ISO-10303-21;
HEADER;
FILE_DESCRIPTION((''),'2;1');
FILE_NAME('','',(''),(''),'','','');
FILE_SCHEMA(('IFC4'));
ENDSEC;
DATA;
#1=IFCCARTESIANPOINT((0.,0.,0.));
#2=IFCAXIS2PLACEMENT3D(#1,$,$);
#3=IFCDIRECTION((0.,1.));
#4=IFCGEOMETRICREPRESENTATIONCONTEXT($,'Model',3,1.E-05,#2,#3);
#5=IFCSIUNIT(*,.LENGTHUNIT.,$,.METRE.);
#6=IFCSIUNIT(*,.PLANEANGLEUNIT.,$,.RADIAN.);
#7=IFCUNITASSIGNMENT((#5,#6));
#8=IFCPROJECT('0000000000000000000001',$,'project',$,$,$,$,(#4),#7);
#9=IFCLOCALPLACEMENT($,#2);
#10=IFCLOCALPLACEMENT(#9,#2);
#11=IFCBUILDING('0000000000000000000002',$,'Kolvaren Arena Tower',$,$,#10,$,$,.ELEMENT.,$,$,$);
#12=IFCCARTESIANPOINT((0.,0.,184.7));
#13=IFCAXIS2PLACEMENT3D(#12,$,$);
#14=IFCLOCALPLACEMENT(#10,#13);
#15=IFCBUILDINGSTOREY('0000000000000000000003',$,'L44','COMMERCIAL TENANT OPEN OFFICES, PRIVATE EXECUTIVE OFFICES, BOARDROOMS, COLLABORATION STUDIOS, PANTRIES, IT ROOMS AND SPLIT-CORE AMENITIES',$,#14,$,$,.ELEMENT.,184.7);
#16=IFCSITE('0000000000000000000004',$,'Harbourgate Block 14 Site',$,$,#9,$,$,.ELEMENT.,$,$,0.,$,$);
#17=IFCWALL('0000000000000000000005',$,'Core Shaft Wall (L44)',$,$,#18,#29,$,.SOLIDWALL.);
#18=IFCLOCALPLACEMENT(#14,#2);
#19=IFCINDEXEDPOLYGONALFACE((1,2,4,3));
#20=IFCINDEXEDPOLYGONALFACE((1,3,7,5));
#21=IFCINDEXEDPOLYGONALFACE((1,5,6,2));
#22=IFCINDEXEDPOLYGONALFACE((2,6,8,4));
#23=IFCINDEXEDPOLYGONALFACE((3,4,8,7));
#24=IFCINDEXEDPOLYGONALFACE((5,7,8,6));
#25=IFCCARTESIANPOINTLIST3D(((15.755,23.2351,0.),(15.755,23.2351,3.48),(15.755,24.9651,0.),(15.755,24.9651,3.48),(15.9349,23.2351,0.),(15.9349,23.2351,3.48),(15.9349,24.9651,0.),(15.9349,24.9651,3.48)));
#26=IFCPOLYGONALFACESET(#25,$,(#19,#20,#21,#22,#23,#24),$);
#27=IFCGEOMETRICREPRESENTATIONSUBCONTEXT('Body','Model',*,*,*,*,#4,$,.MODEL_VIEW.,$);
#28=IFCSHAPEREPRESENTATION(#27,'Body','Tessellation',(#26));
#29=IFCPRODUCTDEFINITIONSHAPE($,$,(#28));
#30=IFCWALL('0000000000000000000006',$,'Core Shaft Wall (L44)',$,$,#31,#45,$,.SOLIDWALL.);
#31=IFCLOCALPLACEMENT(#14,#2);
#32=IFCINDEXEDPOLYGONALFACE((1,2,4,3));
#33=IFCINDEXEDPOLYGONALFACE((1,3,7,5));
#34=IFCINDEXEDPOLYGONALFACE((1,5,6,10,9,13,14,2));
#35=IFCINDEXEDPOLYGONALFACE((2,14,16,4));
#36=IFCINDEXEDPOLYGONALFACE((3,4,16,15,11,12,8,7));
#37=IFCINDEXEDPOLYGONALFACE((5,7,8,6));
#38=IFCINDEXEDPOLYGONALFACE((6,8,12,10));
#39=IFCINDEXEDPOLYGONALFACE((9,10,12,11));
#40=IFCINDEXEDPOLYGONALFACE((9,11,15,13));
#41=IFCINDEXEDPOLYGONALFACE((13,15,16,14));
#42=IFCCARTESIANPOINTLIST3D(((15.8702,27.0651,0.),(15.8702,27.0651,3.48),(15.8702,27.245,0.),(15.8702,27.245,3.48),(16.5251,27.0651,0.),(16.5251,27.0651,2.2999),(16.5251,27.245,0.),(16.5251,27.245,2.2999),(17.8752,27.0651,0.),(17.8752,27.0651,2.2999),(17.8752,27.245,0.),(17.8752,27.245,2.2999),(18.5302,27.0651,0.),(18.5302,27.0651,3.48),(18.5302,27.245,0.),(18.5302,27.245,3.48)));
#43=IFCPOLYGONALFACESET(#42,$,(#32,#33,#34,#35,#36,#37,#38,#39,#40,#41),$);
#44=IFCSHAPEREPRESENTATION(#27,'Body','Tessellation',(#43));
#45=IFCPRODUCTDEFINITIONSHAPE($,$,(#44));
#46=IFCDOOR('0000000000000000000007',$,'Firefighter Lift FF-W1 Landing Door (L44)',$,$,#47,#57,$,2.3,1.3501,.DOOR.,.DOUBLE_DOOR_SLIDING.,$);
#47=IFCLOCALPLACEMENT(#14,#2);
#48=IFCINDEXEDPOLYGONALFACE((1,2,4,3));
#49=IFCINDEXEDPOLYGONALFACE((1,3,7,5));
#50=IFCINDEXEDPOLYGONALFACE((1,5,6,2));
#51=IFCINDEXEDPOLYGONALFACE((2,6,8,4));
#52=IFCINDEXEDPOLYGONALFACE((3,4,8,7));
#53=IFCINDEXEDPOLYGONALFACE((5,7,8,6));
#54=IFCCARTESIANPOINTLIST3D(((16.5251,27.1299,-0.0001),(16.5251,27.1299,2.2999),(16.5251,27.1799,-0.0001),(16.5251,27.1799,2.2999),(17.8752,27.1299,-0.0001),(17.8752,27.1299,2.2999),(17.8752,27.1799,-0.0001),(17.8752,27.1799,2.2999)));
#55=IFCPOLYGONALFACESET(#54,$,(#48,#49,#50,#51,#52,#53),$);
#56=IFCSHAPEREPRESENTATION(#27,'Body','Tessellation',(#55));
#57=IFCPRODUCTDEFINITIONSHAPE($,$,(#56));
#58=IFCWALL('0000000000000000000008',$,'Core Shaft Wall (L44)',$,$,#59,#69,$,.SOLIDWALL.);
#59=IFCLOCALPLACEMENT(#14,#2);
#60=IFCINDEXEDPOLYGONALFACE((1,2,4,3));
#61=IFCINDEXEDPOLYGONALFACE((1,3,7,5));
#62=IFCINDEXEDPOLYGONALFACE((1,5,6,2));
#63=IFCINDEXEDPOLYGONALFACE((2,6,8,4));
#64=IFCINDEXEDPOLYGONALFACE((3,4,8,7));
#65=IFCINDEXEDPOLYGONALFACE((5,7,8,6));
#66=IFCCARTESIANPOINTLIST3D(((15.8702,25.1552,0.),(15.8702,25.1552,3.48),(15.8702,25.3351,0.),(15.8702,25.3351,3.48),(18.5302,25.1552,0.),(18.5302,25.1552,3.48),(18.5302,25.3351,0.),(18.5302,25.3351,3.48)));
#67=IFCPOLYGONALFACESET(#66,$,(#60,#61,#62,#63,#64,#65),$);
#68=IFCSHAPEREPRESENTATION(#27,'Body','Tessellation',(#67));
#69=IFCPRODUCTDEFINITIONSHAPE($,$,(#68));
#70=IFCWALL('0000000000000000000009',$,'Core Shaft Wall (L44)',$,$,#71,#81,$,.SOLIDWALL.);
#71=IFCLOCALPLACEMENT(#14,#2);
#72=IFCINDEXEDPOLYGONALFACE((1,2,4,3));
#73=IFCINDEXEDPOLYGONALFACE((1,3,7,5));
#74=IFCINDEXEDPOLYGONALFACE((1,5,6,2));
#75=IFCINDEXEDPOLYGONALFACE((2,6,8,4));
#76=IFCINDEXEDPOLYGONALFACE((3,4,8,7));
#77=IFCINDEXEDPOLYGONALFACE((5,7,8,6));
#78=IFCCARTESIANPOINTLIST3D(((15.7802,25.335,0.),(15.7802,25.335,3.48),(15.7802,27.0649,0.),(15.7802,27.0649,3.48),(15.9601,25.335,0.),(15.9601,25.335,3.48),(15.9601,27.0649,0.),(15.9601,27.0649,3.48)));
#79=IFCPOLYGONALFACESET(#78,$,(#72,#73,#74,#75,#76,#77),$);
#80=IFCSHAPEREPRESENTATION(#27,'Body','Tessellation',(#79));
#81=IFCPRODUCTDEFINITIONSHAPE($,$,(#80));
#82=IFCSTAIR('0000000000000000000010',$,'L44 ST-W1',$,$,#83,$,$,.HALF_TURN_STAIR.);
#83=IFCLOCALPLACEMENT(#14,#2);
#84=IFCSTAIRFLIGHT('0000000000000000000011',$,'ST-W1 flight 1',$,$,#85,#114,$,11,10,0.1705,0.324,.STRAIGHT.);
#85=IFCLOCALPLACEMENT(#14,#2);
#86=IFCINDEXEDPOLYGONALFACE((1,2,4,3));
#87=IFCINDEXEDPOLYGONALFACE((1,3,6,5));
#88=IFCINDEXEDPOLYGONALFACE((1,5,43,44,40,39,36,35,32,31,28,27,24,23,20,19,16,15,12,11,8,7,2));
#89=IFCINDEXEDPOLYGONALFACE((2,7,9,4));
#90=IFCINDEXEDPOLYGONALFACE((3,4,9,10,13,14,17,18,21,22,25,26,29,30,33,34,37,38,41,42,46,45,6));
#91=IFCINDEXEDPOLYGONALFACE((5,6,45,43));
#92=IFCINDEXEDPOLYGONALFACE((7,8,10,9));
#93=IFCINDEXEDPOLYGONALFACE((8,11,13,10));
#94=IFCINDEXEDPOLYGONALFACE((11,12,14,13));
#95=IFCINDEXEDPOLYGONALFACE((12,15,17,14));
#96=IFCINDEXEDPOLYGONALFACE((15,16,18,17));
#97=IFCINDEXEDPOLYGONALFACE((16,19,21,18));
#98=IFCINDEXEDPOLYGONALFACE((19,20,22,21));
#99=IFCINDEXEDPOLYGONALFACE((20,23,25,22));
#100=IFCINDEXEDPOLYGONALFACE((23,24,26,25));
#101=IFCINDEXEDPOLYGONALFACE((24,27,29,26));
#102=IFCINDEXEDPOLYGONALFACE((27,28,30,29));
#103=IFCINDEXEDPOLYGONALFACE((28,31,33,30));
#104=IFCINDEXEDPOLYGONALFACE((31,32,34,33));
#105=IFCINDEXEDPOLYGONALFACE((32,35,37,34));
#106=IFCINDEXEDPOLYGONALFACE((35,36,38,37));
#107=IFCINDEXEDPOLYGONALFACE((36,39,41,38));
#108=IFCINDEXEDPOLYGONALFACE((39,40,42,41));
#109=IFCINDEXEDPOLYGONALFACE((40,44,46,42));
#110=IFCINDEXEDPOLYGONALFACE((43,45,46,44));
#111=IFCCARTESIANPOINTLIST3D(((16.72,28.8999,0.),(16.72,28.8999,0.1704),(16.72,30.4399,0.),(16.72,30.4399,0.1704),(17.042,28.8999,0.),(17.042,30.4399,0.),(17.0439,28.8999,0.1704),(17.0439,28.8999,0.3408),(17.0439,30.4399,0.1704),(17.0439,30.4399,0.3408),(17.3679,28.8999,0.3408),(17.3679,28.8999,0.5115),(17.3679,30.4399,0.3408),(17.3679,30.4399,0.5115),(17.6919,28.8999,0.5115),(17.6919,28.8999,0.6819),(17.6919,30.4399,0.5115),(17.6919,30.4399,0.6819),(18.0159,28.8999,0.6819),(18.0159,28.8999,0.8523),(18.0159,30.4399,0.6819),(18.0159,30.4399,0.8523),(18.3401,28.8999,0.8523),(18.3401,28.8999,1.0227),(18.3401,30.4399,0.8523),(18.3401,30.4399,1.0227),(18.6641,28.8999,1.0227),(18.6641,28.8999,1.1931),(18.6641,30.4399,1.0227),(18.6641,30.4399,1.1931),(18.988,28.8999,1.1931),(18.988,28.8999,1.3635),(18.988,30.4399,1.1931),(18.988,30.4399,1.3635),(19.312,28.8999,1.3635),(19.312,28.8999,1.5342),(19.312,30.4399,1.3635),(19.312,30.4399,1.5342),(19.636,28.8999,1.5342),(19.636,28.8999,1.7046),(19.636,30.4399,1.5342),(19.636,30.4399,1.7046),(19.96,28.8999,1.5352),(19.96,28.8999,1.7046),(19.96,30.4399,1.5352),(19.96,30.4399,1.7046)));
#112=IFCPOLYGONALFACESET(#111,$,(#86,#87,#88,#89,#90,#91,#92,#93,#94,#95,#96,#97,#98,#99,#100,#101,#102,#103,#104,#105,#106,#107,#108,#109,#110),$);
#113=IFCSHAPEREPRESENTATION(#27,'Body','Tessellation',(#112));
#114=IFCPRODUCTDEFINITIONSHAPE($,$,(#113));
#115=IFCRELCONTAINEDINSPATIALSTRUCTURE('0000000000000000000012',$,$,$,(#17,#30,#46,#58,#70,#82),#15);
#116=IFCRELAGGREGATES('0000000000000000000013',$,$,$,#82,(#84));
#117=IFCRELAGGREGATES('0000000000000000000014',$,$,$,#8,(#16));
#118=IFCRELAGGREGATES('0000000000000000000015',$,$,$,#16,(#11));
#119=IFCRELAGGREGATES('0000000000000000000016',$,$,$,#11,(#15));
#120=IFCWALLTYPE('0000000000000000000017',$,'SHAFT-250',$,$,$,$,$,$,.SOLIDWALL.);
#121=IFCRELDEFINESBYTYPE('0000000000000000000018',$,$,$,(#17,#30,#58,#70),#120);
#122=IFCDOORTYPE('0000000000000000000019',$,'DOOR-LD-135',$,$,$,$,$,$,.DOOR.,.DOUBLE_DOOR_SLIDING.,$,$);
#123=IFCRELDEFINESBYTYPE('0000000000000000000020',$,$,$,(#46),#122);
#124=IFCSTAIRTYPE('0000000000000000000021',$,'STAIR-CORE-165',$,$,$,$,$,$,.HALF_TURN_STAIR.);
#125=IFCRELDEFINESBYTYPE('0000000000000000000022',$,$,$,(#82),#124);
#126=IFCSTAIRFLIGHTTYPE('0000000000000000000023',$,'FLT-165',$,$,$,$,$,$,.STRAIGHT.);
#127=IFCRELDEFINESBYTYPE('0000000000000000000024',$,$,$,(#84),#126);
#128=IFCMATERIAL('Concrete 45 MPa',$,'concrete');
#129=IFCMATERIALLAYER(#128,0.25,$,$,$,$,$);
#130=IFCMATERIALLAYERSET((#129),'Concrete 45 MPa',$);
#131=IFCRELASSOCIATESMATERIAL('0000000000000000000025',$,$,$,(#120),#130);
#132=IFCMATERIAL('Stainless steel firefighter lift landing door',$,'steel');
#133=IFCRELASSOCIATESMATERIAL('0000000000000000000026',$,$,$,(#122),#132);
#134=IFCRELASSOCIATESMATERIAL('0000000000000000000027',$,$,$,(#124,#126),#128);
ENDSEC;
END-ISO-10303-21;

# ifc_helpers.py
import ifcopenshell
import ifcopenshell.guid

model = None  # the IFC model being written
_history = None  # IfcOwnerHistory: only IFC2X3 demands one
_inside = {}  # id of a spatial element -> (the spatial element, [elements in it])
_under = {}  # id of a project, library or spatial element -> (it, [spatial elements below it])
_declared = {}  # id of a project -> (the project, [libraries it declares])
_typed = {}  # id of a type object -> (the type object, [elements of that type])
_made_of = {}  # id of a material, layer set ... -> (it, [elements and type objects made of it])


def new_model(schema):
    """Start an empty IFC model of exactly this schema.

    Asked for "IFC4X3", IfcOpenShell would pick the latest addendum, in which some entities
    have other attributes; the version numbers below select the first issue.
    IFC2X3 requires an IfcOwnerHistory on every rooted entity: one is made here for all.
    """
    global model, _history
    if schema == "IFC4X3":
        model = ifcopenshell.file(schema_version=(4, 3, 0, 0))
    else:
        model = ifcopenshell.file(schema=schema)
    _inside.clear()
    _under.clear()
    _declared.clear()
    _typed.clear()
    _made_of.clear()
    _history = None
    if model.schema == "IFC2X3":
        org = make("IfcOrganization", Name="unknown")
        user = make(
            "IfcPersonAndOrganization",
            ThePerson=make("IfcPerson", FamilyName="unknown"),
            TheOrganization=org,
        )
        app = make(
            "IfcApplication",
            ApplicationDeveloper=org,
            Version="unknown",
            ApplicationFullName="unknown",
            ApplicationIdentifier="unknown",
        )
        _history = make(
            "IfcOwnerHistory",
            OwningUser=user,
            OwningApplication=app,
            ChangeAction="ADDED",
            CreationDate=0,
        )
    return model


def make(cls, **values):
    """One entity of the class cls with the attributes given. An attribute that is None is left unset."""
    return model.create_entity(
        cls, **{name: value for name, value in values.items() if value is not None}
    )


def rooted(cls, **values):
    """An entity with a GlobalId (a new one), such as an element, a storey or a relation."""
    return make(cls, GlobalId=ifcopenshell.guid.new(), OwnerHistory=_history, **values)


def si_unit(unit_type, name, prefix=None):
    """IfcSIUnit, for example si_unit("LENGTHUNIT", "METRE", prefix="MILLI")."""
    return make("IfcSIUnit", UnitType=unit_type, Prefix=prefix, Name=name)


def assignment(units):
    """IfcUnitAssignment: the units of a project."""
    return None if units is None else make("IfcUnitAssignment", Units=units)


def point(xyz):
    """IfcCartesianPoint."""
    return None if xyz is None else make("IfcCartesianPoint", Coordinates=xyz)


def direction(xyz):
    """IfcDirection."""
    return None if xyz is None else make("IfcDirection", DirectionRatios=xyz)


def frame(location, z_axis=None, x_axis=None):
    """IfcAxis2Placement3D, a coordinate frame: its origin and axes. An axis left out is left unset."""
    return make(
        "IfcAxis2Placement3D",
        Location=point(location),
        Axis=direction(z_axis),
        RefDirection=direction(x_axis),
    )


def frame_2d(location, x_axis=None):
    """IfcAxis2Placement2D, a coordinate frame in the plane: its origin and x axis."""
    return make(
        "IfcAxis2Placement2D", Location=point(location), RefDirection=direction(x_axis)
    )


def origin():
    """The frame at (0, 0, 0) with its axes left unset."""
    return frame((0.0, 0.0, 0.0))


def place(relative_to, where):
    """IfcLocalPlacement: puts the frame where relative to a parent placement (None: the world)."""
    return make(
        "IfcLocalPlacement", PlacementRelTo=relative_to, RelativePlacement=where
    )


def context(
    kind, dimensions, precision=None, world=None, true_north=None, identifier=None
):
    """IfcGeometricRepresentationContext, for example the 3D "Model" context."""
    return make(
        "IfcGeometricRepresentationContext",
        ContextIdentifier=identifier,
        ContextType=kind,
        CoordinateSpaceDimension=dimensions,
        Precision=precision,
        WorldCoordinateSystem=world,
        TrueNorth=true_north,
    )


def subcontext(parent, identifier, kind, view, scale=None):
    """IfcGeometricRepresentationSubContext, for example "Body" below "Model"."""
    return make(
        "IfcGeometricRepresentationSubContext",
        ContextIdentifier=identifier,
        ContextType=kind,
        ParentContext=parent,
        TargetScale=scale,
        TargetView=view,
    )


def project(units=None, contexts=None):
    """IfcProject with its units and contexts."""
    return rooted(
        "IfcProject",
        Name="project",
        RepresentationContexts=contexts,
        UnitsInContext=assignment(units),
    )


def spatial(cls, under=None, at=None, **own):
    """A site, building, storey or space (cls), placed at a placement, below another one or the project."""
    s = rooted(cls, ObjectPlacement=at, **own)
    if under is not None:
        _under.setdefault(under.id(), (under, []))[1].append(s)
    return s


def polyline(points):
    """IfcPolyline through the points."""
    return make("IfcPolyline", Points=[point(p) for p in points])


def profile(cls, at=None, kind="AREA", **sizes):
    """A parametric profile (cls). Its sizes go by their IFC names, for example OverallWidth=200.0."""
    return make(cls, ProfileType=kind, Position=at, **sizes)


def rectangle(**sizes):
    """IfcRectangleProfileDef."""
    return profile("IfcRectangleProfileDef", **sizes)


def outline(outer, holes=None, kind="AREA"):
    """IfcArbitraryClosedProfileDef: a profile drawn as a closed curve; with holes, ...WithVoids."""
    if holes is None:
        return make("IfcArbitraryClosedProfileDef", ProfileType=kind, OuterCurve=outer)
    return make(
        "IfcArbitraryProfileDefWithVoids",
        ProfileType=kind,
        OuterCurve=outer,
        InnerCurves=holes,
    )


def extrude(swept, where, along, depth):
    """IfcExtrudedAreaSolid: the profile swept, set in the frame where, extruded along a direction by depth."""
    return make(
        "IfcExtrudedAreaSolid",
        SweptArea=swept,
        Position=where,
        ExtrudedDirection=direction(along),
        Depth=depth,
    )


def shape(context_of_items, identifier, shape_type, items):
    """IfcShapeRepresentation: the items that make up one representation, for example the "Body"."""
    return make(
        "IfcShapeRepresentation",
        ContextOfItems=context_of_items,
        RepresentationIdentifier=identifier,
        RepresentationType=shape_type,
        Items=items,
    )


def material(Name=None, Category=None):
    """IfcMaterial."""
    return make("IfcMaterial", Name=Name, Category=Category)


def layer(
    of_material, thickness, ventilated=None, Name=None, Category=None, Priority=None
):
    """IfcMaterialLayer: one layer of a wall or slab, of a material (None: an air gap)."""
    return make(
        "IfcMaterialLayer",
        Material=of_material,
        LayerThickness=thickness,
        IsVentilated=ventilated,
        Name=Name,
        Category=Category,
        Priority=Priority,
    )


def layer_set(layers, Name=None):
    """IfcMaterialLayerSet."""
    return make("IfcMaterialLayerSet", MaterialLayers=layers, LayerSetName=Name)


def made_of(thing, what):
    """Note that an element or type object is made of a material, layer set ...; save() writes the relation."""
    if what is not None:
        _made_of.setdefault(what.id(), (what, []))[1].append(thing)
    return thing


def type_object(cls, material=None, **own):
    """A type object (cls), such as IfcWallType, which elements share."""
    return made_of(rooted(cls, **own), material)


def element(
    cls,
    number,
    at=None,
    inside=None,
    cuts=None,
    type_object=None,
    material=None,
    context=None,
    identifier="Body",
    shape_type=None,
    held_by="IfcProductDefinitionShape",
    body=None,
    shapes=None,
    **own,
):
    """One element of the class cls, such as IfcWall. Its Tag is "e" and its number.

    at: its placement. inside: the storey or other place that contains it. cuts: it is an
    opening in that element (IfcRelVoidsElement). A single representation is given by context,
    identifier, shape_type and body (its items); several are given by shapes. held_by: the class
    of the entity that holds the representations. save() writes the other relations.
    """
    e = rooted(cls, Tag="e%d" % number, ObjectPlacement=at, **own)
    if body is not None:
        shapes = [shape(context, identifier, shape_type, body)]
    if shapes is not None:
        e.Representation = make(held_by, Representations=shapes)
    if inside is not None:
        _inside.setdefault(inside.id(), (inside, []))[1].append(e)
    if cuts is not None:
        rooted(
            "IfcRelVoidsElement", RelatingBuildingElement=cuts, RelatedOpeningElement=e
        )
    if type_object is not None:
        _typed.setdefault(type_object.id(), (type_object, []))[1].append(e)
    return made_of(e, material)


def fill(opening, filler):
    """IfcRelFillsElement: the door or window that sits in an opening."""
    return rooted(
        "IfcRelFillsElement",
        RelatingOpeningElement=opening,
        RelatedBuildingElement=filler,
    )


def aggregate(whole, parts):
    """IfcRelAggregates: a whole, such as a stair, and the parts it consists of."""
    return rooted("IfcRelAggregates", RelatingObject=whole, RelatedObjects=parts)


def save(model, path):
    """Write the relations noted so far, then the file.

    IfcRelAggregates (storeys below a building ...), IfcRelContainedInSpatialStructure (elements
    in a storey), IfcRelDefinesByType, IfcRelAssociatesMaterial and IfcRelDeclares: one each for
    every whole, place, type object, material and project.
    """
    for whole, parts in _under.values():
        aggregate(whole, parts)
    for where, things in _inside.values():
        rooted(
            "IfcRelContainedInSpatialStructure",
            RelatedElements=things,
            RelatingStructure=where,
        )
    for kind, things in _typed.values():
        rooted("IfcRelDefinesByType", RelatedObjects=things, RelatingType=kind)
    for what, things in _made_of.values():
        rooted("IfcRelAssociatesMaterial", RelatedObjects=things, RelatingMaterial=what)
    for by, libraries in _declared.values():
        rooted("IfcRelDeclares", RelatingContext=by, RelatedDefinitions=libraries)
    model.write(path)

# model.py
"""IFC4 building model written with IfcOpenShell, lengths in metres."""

from ifc_helpers import new_model, si_unit, direction, frame, frame_2d, origin, place, context, subcontext, project, spatial, polyline, rectangle, outline, extrude, material, layer, layer_set, type_object, element, fill, aggregate, save


model = new_model("IFC4")

# Units and contexts
model_context = context("Model", 3, precision=1e-05, world=origin(), true_north=direction((0.0, 1.0)))
body_context = subcontext(model_context, "Body", "Model", "MODEL_VIEW")
ifc_project = project(units=[si_unit("LENGTHUNIT", "METRE"), si_unit("PLANEANGLEUNIT", "RADIAN")], contexts=[model_context])

# Site, building, storey
site_placement = place(None, origin())
site = spatial("IfcSite", under=ifc_project, at=site_placement, Name="Harbourgate Block 14 Site", CompositionType="ELEMENT", RefElevation=0.0)
building_placement = place(site_placement, origin())
building = spatial("IfcBuilding", under=site, at=building_placement, Name="Kolvaren Arena Tower", CompositionType="ELEMENT")
storey_placement = place(building_placement, frame((0.0, 0.0, 184.7)))
storey = spatial("IfcBuildingStorey", under=building, at=storey_placement, Name="L44", Description="COMMERCIAL TENANT OPEN OFFICES, PRIVATE EXECUTIVE OFFICES, BOARDROOMS, COLLABORATION STUDIOS, PANTRIES, IT ROOMS AND SPLIT-CORE AMENITIES", CompositionType="ELEMENT", Elevation=184.7)

# Shared definitions
ifc_material_1 = material(Name="Concrete 45 MPa", Category="concrete")
ifc_layer = layer(ifc_material_1, 0.25)
ifc_layer_set = layer_set([ifc_layer], Name="Concrete 45 MPa")
wall_type = type_object("IfcWallType", Name="SHAFT-250", PredefinedType="SOLIDWALL", material=ifc_layer_set)

# Wall
wall_1_placement = place(storey_placement, frame((15.845, 23.2351, 0.0), z_axis=(0.0, 0.0, 1.0), x_axis=(0.0, 1.0, 0.0)))
element("IfcWall", 1, at=wall_1_placement, inside=storey, type_object=wall_type, Name="Core Shaft Wall (L44)", PredefinedType="SOLIDWALL", context=body_context, shape_type="SweptSolid", body=[
    extrude(rectangle(XDim=1.73, YDim=0.1799, at=frame_2d((0.865, 0.0))), origin(), (0.0, 0.0, 1.0), 3.48),
])

# Wall, opening, door
wall_2_placement = place(storey_placement, frame((15.8701, 27.155, 0.0), z_axis=(0.0, 0.0, 1.0), x_axis=(1.0, 0.0, 0.0)))
wall_2 = element("IfcWall", 2, at=wall_2_placement, inside=storey, type_object=wall_type, Name="Core Shaft Wall (L44)", PredefinedType="SOLIDWALL", context=body_context, shape_type="SweptSolid", body=[
    extrude(rectangle(XDim=2.6599, YDim=0.1799, at=frame_2d((1.3301, 0.0))), origin(), (0.0, 0.0, 1.0), 3.48),
])
opening_1_placement = place(wall_2_placement, frame((0.655, 0.0, 0.0)))
opening_1 = element("IfcOpeningElement", 3, at=opening_1_placement, cuts=wall_2, PredefinedType="OPENING", context=body_context, shape_type="SweptSolid", body=[
    extrude(rectangle(XDim=1.3501, YDim=2.3, at=frame_2d((0.675, 1.1499))), frame((0.0, 0.0999, 0.0), z_axis=(0.0, -1.0, 0.0), x_axis=(1.0, 0.0, 0.0)), (0.0, 0.0, 1.0), 0.2),
])
ifc_material_2 = material(Name="Stainless steel firefighter lift landing door", Category="steel")
door_type_1 = type_object("IfcDoorType", Name="DOOR-LD-135", OperationType="DOUBLE_DOOR_SLIDING", PredefinedType="DOOR", material=ifc_material_2)
door_1_placement = place(opening_1_placement, origin())
door_1 = element("IfcDoor", 4, at=door_1_placement, inside=storey, type_object=door_type_1, Name="Firefighter Lift FF-W1 Landing Door (L44)", OperationType="DOUBLE_DOOR_SLIDING", OverallHeight=2.3, OverallWidth=1.3501, PredefinedType="DOOR", context=body_context, shape_type="SweptSolid", body=[
    extrude(rectangle(XDim=1.3501, YDim=2.3, at=frame_2d((0.675, 1.1499))), frame((0.0, 0.0249, 0.0), z_axis=(0.0, -1.0, 0.0), x_axis=(1.0, 0.0, 0.0)), (0.0, 0.0, 1.0), 0.05),
])
fill(opening_1, door_1)

# Walls
wall_3_placement = place(storey_placement, frame((15.8701, 25.2451, 0.0), z_axis=(0.0, 0.0, 1.0), x_axis=(1.0, 0.0, 0.0)))
element("IfcWall", 5, at=wall_3_placement, inside=storey, type_object=wall_type, Name="Core Shaft Wall (L44)", PredefinedType="SOLIDWALL", context=body_context, shape_type="SweptSolid", body=[
    extrude(rectangle(XDim=2.6599, YDim=0.1799, at=frame_2d((1.3301, 0.0))), origin(), (0.0, 0.0, 1.0), 3.48),
])
wall_4_placement = place(storey_placement, frame((15.8701, 25.335, 0.0), z_axis=(0.0, 0.0, 1.0), x_axis=(0.0, 1.0, 0.0)))
element("IfcWall", 6, at=wall_4_placement, inside=storey, type_object=wall_type, Name="Core Shaft Wall (L44)", PredefinedType="SOLIDWALL", context=body_context, shape_type="SweptSolid", body=[
    extrude(rectangle(XDim=1.73, YDim=0.1799, at=frame_2d((0.865, 0.0))), origin(), (0.0, 0.0, 1.0), 3.48),
])

# Stair, stair flight
stair_type = type_object("IfcStairType", Name="STAIR-CORE-165", PredefinedType="HALF_TURN_STAIR", material=ifc_material_1)
stair_placement = place(storey_placement, origin())
stair = element("IfcStair", 7, at=stair_placement, inside=storey, type_object=stair_type, Name="L44 ST-W1", PredefinedType="HALF_TURN_STAIR")
stair_flight_type = type_object("IfcStairFlightType", Name="FLT-165", PredefinedType="STRAIGHT", material=ifc_material_1)
stair_flight_placement = place(storey_placement, frame((16.72, 29.6699, 0.0), z_axis=(0.0, 0.0, 1.0), x_axis=(1.0, 0.0, 0.0)))
stair_flight = element("IfcStairFlight", 8, at=stair_flight_placement, type_object=stair_flight_type, Name="ST-W1 flight 1", NumberOfRisers=11, NumberOfTreads=10, PredefinedType="STRAIGHT", RiserHeight=0.1705, TreadLength=0.324, context=body_context, shape_type="SweptSolid", body=[
    extrude(outline(polyline([(0.0, 0.0), (0.0, 0.1704), (0.324, 0.1704), (0.324, 0.3408), (0.6479, 0.3408), (0.6479, 0.5115), (0.9719, 0.5115), (0.9719, 0.6819), (1.2959, 0.6819), (1.2959, 0.8523), (1.6201, 0.8523), (1.6201, 1.0227), (1.9441, 1.0227), (1.9441, 1.1931), (2.2681, 1.1931), (2.2681, 1.3635), (2.592, 1.3635), (2.592, 1.5342), (2.916, 1.5342), (2.916, 1.7046), (3.24, 1.7046), (3.24, 1.875), (3.24, 1.5352), (0.322, 0.0), (0.0, 0.0)])), frame((0.0, 0.77, 0.0), z_axis=(0.0, -1.0, 0.0), x_axis=(1.0, 0.0, 0.0)), (0.0, 0.0, 1.0), 1.54),
])
aggregate(stair, [stair_flight])

save(model, "model.ifc")
